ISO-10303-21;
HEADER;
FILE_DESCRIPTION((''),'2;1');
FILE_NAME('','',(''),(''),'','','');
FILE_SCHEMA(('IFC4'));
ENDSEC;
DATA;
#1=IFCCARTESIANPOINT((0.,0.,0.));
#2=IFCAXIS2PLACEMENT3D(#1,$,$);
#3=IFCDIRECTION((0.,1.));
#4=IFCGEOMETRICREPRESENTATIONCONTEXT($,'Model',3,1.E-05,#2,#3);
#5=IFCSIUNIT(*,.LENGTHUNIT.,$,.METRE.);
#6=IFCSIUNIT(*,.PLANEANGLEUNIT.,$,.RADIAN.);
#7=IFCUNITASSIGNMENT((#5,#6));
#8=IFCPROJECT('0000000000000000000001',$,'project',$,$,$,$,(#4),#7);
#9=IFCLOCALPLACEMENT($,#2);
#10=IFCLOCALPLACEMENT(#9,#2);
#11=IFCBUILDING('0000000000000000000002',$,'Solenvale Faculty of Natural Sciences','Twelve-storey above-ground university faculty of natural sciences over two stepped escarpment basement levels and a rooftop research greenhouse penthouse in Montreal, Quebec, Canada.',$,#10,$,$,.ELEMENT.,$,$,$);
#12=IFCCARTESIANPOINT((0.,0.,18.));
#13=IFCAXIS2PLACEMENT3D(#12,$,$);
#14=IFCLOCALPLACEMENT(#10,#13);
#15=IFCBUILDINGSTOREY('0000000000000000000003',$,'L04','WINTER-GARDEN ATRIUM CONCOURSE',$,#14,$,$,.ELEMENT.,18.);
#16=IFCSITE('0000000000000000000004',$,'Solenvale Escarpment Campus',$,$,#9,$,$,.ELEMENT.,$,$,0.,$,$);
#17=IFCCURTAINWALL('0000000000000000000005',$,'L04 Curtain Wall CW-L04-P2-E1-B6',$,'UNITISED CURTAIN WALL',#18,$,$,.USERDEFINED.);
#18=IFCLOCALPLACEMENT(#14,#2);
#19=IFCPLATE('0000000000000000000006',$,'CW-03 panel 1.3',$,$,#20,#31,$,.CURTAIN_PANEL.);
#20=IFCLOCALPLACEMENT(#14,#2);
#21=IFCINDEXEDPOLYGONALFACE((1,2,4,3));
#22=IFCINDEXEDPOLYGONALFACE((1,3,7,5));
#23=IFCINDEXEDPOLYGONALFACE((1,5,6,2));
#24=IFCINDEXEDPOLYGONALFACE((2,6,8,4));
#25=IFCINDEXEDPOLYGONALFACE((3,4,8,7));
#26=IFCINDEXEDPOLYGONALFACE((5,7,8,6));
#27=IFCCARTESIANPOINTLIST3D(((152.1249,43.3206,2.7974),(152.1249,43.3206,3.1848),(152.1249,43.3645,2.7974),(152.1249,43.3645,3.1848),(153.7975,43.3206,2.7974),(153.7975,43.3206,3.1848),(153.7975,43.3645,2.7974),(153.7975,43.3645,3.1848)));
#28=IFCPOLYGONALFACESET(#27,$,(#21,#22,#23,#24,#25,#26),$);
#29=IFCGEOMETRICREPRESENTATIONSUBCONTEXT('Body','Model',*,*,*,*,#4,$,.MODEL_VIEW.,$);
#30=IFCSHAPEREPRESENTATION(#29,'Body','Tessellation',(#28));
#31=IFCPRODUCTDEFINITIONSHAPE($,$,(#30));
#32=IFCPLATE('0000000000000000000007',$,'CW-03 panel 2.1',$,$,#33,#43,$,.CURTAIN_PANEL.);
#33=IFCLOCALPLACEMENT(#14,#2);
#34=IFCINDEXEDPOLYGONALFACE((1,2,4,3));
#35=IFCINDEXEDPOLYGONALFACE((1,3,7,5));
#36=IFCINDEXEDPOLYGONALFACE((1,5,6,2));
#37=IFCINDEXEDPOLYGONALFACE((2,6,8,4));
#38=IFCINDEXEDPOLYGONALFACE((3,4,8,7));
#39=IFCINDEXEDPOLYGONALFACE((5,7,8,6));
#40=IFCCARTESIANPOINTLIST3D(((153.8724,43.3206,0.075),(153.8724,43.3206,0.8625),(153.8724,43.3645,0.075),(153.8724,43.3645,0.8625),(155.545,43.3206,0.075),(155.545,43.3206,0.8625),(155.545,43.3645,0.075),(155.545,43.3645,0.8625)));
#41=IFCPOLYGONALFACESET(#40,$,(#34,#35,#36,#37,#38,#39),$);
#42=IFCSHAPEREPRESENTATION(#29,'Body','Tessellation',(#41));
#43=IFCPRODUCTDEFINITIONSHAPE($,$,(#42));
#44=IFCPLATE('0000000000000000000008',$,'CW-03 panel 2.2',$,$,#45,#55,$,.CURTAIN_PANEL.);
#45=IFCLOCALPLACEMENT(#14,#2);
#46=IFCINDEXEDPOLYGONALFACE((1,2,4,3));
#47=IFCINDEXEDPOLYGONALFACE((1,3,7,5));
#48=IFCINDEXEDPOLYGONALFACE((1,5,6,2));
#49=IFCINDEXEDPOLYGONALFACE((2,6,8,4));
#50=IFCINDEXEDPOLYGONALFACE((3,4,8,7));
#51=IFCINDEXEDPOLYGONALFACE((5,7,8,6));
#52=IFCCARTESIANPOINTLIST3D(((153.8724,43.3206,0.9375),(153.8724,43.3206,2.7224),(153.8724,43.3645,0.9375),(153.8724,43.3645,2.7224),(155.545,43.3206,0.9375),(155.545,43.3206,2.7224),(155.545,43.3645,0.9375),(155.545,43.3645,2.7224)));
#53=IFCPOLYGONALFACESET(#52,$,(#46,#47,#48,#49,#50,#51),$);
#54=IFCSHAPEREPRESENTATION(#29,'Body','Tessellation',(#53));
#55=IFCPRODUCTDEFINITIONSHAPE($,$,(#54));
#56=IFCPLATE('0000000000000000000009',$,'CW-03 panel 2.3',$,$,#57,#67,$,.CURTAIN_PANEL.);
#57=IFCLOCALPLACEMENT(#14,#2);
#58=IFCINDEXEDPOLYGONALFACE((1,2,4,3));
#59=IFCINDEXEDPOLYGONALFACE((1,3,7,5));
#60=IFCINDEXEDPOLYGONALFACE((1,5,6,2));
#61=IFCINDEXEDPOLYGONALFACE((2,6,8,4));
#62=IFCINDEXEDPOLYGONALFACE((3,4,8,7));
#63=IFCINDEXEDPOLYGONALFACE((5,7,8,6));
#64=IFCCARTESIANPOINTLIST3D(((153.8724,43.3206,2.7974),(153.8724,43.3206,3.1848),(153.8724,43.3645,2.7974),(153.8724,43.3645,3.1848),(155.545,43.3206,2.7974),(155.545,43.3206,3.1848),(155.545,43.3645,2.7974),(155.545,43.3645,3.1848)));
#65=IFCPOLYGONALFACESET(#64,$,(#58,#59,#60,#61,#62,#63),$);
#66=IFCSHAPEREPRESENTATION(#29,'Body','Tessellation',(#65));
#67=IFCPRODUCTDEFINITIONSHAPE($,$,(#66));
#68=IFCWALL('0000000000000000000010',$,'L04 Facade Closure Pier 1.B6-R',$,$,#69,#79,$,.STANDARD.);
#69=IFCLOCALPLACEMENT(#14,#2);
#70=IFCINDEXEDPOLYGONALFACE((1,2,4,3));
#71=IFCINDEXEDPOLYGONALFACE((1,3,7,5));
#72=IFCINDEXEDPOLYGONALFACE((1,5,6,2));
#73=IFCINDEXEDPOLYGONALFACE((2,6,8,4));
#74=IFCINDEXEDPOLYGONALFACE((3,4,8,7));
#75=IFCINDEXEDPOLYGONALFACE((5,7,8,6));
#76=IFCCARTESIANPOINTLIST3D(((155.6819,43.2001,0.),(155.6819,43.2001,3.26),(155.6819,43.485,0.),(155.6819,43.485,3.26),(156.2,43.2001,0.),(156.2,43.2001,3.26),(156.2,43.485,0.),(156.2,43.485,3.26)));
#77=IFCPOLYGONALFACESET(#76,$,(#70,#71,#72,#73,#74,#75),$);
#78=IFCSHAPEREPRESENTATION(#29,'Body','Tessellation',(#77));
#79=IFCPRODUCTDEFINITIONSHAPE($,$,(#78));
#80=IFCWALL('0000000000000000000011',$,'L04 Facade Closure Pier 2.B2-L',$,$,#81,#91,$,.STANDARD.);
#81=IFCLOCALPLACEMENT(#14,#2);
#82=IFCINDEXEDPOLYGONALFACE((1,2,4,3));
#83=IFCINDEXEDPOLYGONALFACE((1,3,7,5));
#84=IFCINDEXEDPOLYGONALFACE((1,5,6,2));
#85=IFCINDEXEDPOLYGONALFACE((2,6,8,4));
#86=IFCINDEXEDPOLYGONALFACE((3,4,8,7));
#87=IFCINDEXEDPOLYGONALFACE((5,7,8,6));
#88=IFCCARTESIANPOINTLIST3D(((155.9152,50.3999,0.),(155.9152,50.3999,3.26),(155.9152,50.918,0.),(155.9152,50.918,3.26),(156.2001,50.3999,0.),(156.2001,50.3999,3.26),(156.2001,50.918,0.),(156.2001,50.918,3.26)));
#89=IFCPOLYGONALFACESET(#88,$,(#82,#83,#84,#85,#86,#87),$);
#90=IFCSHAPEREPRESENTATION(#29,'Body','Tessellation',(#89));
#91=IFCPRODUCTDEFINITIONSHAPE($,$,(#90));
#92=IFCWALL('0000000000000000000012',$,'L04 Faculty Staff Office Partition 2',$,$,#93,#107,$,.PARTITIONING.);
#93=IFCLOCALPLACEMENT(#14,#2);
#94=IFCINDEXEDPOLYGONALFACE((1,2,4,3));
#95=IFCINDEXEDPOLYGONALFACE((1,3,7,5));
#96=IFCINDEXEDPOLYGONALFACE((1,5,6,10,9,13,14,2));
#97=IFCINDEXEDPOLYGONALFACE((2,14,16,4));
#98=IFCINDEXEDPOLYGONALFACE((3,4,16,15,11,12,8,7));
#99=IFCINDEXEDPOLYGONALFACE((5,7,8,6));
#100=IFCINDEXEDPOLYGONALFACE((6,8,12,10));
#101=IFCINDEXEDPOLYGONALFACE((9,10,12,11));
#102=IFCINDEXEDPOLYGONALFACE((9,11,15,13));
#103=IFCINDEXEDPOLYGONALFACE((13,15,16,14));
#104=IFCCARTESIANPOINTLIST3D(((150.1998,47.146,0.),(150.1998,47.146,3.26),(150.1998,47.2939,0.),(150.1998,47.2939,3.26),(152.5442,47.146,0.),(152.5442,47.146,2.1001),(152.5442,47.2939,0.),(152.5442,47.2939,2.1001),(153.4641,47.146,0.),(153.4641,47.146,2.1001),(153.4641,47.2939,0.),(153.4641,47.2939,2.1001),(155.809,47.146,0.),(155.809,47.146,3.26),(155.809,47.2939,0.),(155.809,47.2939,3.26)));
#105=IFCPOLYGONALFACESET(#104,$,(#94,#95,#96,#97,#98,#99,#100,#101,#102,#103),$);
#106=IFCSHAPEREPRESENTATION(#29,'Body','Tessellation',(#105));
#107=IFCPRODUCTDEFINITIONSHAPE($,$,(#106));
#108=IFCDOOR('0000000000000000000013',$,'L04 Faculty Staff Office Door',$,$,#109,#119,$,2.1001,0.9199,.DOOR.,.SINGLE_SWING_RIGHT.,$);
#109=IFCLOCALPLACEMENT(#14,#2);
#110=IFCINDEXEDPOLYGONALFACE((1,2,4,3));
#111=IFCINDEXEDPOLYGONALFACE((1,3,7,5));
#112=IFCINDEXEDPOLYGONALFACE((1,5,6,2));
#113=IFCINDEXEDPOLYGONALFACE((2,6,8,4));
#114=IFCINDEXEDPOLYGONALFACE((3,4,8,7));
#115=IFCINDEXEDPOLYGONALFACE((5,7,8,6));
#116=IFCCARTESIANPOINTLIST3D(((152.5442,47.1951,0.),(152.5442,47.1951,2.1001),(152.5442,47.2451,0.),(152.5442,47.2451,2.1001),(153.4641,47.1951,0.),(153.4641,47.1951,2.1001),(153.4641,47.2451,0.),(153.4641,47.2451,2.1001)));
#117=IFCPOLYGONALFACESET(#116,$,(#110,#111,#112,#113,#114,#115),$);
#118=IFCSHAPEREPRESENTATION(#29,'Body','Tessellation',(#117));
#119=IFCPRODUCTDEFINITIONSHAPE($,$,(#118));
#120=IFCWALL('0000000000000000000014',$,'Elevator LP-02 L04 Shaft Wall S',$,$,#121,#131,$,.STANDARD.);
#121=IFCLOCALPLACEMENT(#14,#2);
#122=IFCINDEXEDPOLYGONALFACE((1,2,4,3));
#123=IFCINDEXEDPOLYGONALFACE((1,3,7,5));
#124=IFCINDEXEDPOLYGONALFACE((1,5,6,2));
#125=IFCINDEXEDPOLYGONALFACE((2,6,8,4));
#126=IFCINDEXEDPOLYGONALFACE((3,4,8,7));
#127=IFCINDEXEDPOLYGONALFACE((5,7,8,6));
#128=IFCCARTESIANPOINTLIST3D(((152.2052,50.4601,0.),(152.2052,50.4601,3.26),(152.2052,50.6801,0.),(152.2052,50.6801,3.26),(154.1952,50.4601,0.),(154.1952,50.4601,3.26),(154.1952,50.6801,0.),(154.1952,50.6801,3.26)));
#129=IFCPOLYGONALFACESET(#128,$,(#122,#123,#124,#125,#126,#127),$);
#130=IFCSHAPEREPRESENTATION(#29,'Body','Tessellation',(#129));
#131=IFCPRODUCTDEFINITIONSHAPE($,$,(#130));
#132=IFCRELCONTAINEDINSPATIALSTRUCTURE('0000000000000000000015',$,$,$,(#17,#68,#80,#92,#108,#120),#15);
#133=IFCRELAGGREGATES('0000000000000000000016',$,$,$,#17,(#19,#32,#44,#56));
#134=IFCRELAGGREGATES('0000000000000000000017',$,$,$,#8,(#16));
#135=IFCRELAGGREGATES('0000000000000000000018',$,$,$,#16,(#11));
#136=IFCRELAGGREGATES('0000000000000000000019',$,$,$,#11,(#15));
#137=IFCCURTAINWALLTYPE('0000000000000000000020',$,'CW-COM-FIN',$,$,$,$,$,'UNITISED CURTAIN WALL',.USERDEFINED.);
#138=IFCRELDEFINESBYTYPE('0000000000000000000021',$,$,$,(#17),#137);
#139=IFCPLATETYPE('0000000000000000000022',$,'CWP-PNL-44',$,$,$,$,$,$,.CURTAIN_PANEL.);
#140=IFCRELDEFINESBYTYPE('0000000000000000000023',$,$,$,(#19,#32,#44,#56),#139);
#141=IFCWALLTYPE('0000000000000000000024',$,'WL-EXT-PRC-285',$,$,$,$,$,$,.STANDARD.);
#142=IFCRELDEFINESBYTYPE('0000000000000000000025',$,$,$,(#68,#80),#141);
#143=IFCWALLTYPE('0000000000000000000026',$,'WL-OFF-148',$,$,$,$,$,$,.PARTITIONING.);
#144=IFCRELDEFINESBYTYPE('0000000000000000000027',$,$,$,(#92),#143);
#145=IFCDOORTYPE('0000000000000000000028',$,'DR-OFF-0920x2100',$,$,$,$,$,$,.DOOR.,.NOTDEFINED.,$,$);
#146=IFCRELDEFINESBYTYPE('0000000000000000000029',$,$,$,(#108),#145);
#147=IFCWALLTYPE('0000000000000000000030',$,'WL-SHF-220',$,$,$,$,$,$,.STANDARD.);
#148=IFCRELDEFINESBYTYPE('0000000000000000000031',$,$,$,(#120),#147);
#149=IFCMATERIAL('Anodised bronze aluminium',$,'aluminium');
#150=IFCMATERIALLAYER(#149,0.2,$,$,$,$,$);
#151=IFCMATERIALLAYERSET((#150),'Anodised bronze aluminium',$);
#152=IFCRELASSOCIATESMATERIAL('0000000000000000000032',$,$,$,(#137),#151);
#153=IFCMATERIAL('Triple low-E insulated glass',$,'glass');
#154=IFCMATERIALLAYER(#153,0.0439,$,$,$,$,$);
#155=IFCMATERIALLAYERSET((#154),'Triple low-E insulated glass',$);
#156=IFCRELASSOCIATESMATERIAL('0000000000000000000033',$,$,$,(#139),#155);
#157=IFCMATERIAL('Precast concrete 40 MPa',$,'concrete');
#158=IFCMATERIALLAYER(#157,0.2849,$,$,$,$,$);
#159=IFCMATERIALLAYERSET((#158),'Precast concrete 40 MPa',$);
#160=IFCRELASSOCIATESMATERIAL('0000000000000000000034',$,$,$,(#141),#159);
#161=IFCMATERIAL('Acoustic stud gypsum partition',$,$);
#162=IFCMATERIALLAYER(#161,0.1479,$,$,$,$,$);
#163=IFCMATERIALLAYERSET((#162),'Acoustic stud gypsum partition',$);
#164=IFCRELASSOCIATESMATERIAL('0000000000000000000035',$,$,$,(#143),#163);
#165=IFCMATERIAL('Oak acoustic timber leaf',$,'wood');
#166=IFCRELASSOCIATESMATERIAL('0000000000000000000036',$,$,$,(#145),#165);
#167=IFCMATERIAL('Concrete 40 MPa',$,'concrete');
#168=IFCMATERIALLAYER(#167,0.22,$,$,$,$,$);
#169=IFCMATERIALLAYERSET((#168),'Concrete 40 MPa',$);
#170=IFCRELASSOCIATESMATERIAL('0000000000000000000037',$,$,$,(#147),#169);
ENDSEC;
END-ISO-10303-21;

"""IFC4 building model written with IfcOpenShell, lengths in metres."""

from ifc_helpers import new_model, si_unit, direction, frame, frame_2d, origin, origin_2d, place, context, subcontext, project, spatial, rectangle, extrude, material, layer, layer_set, type_object, element, fill, aggregate, save


model = new_model("IFC4")

# Units and contexts
model_context = context("Model", 3, precision=1e-05, world=origin(), true_north=direction((0.0, 1.0)))
body_context = subcontext(model_context, "Body", "Model", "MODEL_VIEW")
ifc_project = project(units=[si_unit("LENGTHUNIT", "METRE"), si_unit("PLANEANGLEUNIT", "RADIAN")], contexts=[model_context])

# Site, building, storey
site_placement = place(None, origin())
site = spatial("IfcSite", under=ifc_project, at=site_placement, Name="Solenvale Escarpment Campus", CompositionType="ELEMENT", RefElevation=0.0)
building_placement = place(site_placement, origin())
building = spatial("IfcBuilding", under=site, at=building_placement, Name="Solenvale Faculty of Natural Sciences", Description="Twelve-storey above-ground university faculty of natural sciences over two stepped escarpment basement levels and a rooftop research greenhouse penthouse in Montreal, Quebec, Canada.", CompositionType="ELEMENT")
storey_placement = place(building_placement, frame((0.0, 0.0, 18.0)))
storey = spatial("IfcBuildingStorey", under=building, at=storey_placement, Name="L04", Description="WINTER-GARDEN ATRIUM CONCOURSE", CompositionType="ELEMENT", Elevation=18.0)

# Curtain wall, plates
ifc_material_1 = material(Name="Anodised bronze aluminium", Category="aluminium")
ifc_layer_1 = layer(ifc_material_1, 0.2)
ifc_layer_set_1 = layer_set([ifc_layer_1], Name="Anodised bronze aluminium")
curtain_wall_type = type_object("IfcCurtainWallType", Name="CW-COM-FIN", ElementType="UNITISED CURTAIN WALL", PredefinedType="USERDEFINED", material=ifc_layer_set_1)
curtain_wall_placement = place(storey_placement, origin())
curtain_wall = element("IfcCurtainWall", 1, at=curtain_wall_placement, inside=storey, type_object=curtain_wall_type, Name="L04 Curtain Wall CW-L04-P2-E1-B6", ObjectType="UNITISED CURTAIN WALL", PredefinedType="USERDEFINED")
ifc_material_2 = material(Name="Triple low-E insulated glass", Category="glass")
ifc_layer_2 = layer(ifc_material_2, 0.0439)
ifc_layer_set_2 = layer_set([ifc_layer_2], Name="Triple low-E insulated glass")
plate_type = type_object("IfcPlateType", Name="CWP-PNL-44", PredefinedType="CURTAIN_PANEL", material=ifc_layer_set_2)
plate_1_placement = place(storey_placement, frame((152.9612, 43.3425, 2.7974), z_axis=(0.0, 0.0, 1.0), x_axis=(1.0, 0.0, 0.0)))
plate_1 = element("IfcPlate", 2, at=plate_1_placement, type_object=plate_type, Name="CW-03 panel 1.3", PredefinedType="CURTAIN_PANEL", context=body_context, shape_type="SweptSolid", body=[
    extrude(rectangle(XDim=1.6726, YDim=0.0439, at=origin_2d()), origin(), (0.0, 0.0, 1.0), 0.3875),
])
plate_2_placement = place(storey_placement, frame((154.7087, 43.3425, 0.075), z_axis=(0.0, 0.0, 1.0), x_axis=(1.0, 0.0, 0.0)))
plate_2 = element("IfcPlate", 3, at=plate_2_placement, type_object=plate_type, Name="CW-03 panel 2.1", PredefinedType="CURTAIN_PANEL", context=body_context, shape_type="SweptSolid", body=[
    extrude(rectangle(XDim=1.6726, YDim=0.0439, at=origin_2d()), origin(), (0.0, 0.0, 1.0), 0.7876),
])
plate_3_placement = place(storey_placement, frame((154.7087, 43.3425, 0.9375), z_axis=(0.0, 0.0, 1.0), x_axis=(1.0, 0.0, 0.0)))
plate_3 = element("IfcPlate", 4, at=plate_3_placement, type_object=plate_type, Name="CW-03 panel 2.2", PredefinedType="CURTAIN_PANEL", context=body_context, shape_type="SweptSolid", body=[
    extrude(rectangle(XDim=1.6726, YDim=0.0439, at=origin_2d()), origin(), (0.0, 0.0, 1.0), 1.7849),
])
plate_4_placement = place(storey_placement, frame((154.7087, 43.3425, 2.7974), z_axis=(0.0, 0.0, 1.0), x_axis=(1.0, 0.0, 0.0)))
plate_4 = element("IfcPlate", 5, at=plate_4_placement, type_object=plate_type, Name="CW-03 panel 2.3", PredefinedType="CURTAIN_PANEL", context=body_context, shape_type="SweptSolid", body=[
    extrude(rectangle(XDim=1.6726, YDim=0.0439, at=origin_2d()), origin(), (0.0, 0.0, 1.0), 0.3875),
])
aggregate(curtain_wall, [plate_1, plate_2, plate_3, plate_4])

# Walls
ifc_material_3 = material(Name="Precast concrete 40 MPa", Category="concrete")
ifc_layer_3 = layer(ifc_material_3, 0.2849)
ifc_layer_set_3 = layer_set([ifc_layer_3], Name="Precast concrete 40 MPa")
wall_type_1 = type_object("IfcWallType", Name="WL-EXT-PRC-285", PredefinedType="STANDARD", material=ifc_layer_set_3)
for number, where, z_axis, x_axis, name in (
    (6, (155.6819, 43.3425, 0.0), (0.0, 0.0, 1.0), (1.0, 0.0, 0.0), "L04 Facade Closure Pier 1.B6-R"),
    (7, (156.0576, 50.3999, 0.0), (0.0, 0.0, 1.0), (0.0, 1.0, 0.0), "L04 Facade Closure Pier 2.B2-L"),
):
    element("IfcWall", number, at=place(storey_placement, frame(where, z_axis=z_axis, x_axis=x_axis)), inside=storey, type_object=wall_type_1, Name=name, PredefinedType="STANDARD", context=body_context, shape_type="SweptSolid", body=[
        extrude(rectangle(XDim=0.5181, YDim=0.2849, at=frame_2d((0.259, 0.0))), origin(), (0.0, 0.0, 1.0), 3.26),
    ])

# Wall, opening, door
ifc_material_4 = material(Name="Acoustic stud gypsum partition")
ifc_layer_4 = layer(ifc_material_4, 0.1479)
ifc_layer_set_4 = layer_set([ifc_layer_4], Name="Acoustic stud gypsum partition")
wall_type_2 = type_object("IfcWallType", Name="WL-OFF-148", PredefinedType="PARTITIONING", material=ifc_layer_set_4)
wall_1_placement = place(storey_placement, frame((155.8091, 47.22, 0.0), z_axis=(0.0, 0.0, 1.0), x_axis=(-1.0, 0.0, 0.0)))
wall_1 = element("IfcWall", 8, at=wall_1_placement, inside=storey, type_object=wall_type_2, Name="L04 Faculty Staff Office Partition 2", PredefinedType="PARTITIONING", context=body_context, shape_type="SweptSolid", body=[
    extrude(rectangle(XDim=5.6091, YDim=0.1479, at=frame_2d((2.8047, 0.0))), origin(), (0.0, 0.0, 1.0), 3.26),
])
opening_1_placement = place(wall_1_placement, frame((2.345, 0.0, 0.0)))
opening_1 = element("IfcOpeningElement", 9, at=opening_1_placement, cuts=wall_1, PredefinedType="OPENING", context=body_context, shape_type="SweptSolid", body=[
    extrude(rectangle(XDim=0.9199, YDim=2.1001, at=frame_2d((0.46, 1.05))), frame((0.0, 0.084, 0.0), z_axis=(0.0, -1.0, 0.0), x_axis=(1.0, 0.0, 0.0)), (0.0, 0.0, 1.0), 0.168),
])
ifc_material_5 = material(Name="Oak acoustic timber leaf", Category="wood")
door_type_1 = type_object("IfcDoorType", Name="DR-OFF-0920x2100", OperationType="NOTDEFINED", PredefinedType="DOOR", material=ifc_material_5)
door_1_placement = place(opening_1_placement, origin())
door_1 = element("IfcDoor", 10, at=door_1_placement, inside=storey, type_object=door_type_1, Name="L04 Faculty Staff Office Door", OperationType="SINGLE_SWING_RIGHT", OverallHeight=2.1001, OverallWidth=0.9199, PredefinedType="DOOR", context=body_context, shape_type="SweptSolid", body=[
    extrude(rectangle(XDim=0.9199, YDim=2.1001, at=frame_2d((0.46, 1.05))), frame((0.0, 0.0249, 0.0), z_axis=(0.0, -1.0, 0.0), x_axis=(1.0, 0.0, 0.0)), (0.0, 0.0, 1.0), 0.05),
])
fill(opening_1, door_1)

# Wall
ifc_material_6 = material(Name="Concrete 40 MPa", Category="concrete")
ifc_layer_5 = layer(ifc_material_6, 0.22)
ifc_layer_set_5 = layer_set([ifc_layer_5], Name="Concrete 40 MPa")
wall_type_3 = type_object("IfcWallType", Name="WL-SHF-220", PredefinedType="STANDARD", material=ifc_layer_set_5)
wall_2_placement = place(storey_placement, frame((152.2051, 50.5701, 0.0), z_axis=(0.0, 0.0, 1.0), x_axis=(1.0, 0.0, 0.0)))
element("IfcWall", 11, at=wall_2_placement, inside=storey, type_object=wall_type_3, Name="Elevator LP-02 L04 Shaft Wall S", PredefinedType="STANDARD", context=body_context, shape_type="SweptSolid", body=[
    extrude(rectangle(XDim=1.99, YDim=0.22, at=frame_2d((0.9951, 0.0))), origin(), (0.0, 0.0, 1.0), 3.26),
])

save(model, "model.ifc")
